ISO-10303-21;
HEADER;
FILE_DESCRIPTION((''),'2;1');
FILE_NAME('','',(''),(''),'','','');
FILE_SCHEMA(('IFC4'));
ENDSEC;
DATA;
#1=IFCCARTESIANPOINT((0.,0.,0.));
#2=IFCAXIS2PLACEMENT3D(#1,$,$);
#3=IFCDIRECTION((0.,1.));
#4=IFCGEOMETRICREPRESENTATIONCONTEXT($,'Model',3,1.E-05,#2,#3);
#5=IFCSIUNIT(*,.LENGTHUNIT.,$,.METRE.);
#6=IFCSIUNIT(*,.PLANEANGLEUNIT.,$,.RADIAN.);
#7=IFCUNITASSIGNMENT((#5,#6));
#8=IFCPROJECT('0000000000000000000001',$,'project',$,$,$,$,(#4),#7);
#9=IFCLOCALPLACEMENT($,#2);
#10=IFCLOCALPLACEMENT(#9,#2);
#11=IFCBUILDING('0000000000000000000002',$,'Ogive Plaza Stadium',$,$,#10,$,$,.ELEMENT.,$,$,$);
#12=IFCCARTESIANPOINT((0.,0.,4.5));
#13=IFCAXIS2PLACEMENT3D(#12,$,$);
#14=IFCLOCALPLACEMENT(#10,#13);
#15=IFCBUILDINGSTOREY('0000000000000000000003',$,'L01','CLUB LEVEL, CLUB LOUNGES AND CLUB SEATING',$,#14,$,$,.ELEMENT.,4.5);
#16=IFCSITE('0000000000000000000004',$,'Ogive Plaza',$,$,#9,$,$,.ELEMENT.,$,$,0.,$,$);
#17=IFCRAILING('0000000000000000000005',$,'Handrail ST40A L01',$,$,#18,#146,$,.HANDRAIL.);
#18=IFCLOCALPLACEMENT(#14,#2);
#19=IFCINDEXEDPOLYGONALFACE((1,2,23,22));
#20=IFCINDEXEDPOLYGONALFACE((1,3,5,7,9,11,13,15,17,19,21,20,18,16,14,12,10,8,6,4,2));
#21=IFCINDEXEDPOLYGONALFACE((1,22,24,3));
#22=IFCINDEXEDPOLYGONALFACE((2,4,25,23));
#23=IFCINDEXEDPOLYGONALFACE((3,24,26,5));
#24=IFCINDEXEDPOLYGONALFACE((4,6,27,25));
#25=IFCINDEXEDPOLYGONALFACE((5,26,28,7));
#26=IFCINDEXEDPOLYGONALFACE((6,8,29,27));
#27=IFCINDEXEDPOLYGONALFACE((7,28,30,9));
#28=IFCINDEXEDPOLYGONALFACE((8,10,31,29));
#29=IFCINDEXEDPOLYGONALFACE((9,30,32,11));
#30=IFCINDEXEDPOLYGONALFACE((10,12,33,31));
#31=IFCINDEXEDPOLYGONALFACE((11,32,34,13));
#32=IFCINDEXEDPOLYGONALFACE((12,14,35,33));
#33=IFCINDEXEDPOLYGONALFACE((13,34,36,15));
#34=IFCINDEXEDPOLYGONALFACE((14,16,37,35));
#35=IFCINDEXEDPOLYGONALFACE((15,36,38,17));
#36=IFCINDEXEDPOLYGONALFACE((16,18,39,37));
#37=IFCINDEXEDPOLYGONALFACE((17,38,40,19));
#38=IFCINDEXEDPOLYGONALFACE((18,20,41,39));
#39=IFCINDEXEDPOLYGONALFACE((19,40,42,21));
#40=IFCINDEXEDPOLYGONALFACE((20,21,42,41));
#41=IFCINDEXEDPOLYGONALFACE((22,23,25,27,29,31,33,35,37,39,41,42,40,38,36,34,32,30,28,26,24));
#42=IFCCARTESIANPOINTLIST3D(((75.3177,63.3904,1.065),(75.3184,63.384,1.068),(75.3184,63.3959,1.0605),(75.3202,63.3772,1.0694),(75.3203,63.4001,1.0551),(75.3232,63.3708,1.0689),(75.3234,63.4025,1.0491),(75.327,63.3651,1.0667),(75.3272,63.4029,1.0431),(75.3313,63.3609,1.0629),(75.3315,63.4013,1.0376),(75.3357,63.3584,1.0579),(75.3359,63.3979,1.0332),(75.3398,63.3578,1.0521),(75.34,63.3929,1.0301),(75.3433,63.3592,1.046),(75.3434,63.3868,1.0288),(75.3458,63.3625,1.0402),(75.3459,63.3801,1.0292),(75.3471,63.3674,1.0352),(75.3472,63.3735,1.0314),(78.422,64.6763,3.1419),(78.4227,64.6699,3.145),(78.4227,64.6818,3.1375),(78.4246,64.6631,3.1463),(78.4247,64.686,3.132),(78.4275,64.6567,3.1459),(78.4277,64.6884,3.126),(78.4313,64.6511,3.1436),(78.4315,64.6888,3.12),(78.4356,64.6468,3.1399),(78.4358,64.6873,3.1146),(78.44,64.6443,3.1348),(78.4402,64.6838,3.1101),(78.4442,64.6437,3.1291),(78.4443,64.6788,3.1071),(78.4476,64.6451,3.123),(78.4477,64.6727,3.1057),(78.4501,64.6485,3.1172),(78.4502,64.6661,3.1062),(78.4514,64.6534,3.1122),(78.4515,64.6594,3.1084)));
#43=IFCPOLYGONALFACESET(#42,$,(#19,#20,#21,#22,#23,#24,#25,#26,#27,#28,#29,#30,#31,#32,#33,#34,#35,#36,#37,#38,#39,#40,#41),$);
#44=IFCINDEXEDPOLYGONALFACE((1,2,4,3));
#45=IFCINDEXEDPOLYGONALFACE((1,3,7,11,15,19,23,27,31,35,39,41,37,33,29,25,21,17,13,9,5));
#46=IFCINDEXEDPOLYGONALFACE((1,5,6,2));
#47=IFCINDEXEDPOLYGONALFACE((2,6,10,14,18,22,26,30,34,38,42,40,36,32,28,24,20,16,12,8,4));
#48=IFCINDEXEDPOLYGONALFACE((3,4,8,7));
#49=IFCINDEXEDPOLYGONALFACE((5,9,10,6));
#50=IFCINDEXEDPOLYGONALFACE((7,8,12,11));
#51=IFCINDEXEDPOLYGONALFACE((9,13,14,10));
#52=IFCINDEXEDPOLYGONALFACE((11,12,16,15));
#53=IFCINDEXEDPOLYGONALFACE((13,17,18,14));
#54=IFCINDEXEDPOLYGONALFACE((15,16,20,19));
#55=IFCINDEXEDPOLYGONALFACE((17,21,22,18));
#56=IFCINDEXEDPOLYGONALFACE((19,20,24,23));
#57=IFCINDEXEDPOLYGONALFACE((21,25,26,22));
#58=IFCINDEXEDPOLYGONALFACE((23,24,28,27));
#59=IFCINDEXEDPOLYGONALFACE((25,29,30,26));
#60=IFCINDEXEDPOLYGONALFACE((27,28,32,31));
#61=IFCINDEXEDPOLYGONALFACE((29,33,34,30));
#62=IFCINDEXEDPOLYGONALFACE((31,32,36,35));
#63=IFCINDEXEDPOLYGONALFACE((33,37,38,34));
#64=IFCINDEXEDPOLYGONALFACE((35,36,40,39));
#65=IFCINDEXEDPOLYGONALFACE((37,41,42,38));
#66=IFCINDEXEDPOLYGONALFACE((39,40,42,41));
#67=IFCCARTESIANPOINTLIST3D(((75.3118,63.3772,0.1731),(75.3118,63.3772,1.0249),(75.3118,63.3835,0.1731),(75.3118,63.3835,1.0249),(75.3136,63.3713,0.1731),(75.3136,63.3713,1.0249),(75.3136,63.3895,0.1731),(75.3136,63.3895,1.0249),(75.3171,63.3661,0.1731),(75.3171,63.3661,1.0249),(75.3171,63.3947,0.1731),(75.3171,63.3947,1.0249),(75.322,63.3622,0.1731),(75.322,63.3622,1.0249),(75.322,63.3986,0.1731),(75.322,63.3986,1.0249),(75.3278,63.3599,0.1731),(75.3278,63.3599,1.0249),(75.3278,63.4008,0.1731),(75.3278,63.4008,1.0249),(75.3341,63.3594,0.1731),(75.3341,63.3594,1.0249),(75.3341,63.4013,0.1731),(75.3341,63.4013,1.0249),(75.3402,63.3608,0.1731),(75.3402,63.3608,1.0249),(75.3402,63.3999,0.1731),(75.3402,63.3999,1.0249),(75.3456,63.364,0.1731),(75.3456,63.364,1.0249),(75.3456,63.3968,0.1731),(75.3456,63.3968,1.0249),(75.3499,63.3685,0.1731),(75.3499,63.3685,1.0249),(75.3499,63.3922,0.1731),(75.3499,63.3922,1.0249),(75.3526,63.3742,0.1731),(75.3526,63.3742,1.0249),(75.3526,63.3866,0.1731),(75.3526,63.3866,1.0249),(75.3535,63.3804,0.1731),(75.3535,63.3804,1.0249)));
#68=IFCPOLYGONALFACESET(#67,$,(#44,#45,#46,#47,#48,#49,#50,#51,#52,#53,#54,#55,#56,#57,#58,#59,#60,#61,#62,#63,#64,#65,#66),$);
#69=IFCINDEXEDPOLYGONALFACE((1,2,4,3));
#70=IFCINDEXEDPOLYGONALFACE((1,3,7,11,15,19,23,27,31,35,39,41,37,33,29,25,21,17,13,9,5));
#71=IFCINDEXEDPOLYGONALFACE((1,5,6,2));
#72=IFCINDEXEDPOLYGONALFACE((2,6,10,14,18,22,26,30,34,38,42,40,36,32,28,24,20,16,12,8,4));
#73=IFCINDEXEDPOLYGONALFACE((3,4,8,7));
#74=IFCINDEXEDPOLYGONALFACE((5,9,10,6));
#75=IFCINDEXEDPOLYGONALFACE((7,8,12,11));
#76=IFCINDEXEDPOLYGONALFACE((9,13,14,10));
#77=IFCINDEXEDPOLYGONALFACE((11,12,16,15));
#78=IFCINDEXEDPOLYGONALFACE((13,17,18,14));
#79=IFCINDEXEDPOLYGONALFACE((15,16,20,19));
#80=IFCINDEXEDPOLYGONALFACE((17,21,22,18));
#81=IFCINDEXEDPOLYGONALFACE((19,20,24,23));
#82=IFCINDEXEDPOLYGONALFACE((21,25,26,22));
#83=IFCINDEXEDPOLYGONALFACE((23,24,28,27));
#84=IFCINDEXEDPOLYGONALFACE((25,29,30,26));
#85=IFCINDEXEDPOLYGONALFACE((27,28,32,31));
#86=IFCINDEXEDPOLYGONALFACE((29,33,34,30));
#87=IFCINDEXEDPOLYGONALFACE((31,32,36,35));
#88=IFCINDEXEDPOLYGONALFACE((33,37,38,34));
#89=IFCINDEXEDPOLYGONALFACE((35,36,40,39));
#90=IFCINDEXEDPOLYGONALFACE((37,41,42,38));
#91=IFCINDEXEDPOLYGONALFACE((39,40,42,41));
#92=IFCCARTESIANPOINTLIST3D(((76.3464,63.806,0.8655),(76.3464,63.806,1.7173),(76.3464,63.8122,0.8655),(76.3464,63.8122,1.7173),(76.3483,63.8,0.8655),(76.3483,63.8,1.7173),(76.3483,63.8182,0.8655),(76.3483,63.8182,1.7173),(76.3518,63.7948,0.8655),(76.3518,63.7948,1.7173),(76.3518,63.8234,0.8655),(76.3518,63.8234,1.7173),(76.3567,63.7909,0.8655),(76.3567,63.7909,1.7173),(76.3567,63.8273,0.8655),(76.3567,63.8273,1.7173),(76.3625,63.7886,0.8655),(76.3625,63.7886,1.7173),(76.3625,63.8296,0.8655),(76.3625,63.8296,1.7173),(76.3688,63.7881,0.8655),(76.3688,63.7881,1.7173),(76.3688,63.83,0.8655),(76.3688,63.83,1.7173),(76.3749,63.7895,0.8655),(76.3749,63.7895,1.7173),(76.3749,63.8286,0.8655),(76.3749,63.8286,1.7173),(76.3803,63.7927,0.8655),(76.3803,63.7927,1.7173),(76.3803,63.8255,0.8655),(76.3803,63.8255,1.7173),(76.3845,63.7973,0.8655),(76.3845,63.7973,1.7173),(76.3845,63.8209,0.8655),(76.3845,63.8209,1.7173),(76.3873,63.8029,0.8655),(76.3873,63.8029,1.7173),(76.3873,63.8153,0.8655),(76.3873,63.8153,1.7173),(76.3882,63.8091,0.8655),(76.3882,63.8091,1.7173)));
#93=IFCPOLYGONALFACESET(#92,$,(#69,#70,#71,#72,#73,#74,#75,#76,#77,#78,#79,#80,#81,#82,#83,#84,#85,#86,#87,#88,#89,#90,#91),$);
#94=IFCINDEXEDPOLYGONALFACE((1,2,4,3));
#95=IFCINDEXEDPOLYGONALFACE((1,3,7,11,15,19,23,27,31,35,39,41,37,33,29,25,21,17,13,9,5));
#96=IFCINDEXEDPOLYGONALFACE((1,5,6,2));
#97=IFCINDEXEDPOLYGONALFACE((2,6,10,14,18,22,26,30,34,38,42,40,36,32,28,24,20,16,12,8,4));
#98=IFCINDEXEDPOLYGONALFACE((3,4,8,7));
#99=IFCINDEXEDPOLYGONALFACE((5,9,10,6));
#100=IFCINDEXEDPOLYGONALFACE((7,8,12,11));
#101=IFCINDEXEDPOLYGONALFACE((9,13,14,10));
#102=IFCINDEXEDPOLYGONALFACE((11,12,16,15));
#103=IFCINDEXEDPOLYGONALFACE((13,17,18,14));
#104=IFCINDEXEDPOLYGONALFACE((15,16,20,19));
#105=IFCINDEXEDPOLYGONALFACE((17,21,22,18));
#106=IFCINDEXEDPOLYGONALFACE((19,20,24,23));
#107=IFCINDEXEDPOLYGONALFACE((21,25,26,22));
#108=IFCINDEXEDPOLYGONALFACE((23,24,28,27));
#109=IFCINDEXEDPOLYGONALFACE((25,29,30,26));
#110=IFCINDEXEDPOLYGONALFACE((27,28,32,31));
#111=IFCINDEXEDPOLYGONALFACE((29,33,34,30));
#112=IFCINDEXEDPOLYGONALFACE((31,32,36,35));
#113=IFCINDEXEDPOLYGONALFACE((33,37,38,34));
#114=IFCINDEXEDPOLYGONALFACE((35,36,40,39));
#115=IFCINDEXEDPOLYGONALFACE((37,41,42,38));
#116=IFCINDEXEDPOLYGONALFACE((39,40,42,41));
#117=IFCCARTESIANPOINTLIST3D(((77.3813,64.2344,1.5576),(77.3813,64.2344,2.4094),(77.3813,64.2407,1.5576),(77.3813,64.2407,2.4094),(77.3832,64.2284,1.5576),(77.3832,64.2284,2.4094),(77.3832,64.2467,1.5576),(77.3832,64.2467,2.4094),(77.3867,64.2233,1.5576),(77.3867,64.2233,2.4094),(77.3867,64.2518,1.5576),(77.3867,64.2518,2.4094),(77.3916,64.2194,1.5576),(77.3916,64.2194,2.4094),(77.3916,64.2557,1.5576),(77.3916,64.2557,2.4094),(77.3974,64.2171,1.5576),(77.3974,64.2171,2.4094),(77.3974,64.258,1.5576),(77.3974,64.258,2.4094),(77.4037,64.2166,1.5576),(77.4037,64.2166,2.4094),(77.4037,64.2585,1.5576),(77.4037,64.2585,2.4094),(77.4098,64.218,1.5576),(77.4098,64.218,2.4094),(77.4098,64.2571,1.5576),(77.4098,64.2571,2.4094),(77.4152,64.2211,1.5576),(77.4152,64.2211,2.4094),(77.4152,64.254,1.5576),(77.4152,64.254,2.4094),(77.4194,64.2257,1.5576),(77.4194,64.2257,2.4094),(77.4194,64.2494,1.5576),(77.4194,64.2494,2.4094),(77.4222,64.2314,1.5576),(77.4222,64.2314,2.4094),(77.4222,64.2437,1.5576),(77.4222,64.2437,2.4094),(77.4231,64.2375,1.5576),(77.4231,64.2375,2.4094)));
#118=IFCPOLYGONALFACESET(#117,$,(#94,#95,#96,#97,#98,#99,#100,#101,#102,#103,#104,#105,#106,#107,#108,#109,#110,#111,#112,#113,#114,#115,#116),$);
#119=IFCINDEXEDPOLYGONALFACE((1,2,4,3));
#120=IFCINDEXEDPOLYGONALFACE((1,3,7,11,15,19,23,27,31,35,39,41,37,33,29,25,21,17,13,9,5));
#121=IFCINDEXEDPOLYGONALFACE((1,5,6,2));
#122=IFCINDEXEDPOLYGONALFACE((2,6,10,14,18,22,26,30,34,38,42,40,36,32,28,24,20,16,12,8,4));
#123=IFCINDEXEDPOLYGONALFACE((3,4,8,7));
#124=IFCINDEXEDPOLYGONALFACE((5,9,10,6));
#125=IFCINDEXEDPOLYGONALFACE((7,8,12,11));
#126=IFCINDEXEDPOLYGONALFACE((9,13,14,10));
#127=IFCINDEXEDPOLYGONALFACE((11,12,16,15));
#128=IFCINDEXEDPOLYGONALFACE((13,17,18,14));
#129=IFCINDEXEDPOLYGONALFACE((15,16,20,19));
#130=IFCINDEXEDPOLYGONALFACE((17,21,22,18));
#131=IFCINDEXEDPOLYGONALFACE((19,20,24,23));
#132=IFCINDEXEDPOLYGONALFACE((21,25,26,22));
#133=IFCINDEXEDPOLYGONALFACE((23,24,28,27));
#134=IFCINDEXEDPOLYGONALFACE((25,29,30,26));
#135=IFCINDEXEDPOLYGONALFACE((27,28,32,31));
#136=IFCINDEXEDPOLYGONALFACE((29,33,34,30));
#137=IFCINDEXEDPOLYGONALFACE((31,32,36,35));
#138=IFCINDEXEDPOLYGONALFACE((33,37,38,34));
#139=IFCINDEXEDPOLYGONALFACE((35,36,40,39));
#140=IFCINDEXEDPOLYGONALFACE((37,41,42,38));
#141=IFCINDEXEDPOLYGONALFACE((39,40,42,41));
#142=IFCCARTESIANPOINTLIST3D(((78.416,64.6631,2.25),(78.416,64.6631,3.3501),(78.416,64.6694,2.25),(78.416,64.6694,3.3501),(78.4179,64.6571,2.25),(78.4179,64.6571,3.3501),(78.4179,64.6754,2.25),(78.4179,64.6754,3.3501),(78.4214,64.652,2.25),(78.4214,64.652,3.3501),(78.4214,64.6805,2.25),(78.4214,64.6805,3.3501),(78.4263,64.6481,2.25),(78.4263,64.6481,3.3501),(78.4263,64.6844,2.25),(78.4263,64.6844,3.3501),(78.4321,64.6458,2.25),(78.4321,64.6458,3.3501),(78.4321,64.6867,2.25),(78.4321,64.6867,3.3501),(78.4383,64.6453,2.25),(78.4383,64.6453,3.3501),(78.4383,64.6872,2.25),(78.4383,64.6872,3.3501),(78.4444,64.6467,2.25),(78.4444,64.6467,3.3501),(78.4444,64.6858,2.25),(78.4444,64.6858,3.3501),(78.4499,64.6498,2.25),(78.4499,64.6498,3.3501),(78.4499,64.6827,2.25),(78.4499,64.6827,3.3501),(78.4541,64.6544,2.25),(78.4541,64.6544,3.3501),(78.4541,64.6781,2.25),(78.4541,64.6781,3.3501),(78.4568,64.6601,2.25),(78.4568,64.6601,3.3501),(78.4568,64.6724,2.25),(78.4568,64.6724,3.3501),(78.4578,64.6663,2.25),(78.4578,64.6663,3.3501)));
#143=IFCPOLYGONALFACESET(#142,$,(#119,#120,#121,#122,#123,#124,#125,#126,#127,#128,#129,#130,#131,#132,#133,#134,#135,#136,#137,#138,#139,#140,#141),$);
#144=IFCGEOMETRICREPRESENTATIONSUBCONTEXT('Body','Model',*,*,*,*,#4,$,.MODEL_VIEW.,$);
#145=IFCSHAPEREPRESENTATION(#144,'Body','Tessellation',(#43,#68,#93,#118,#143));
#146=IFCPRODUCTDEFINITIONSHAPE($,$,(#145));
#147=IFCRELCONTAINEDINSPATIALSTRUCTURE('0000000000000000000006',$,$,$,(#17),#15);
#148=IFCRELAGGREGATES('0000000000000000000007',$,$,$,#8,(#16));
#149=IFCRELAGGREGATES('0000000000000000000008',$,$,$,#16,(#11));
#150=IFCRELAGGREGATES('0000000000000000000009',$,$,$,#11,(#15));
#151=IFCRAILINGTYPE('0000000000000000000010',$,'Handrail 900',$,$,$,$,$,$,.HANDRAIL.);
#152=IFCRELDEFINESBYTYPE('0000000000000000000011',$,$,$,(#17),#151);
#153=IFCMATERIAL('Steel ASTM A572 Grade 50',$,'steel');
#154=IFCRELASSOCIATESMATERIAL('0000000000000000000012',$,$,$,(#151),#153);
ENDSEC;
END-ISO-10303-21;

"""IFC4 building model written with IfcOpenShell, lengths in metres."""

from ifc_helpers import new_model, si_unit, direction, frame, origin, origin_2d, place, context, subcontext, project, spatial, circle, extrude, material, type_object, element, save


model = new_model("IFC4")

# Units and contexts
model_context = context("Model", 3, precision=1e-05, world=origin(), true_north=direction((0.0, 1.0)))
body_context = subcontext(model_context, "Body", "Model", "MODEL_VIEW")
ifc_project = project(units=[si_unit("LENGTHUNIT", "METRE"), si_unit("PLANEANGLEUNIT", "RADIAN")], contexts=[model_context])

# Site, building, storey
site_placement = place(None, origin())
site = spatial("IfcSite", under=ifc_project, at=site_placement, Name="Ogive Plaza", CompositionType="ELEMENT", RefElevation=0.0)
building_placement = place(site_placement, origin())
building = spatial("IfcBuilding", under=site, at=building_placement, Name="Ogive Plaza Stadium", CompositionType="ELEMENT")
storey_placement = place(building_placement, frame((0.0, 0.0, 4.5)))
storey = spatial("IfcBuildingStorey", under=building, at=storey_placement, Name="L01", Description="CLUB LEVEL, CLUB LOUNGES AND CLUB SEATING", CompositionType="ELEMENT", Elevation=4.5)

# Railing
ifc_material_1 = material(Name="Steel ASTM A572 Grade 50", Category="steel")
railing_type_1 = type_object("IfcRailingType", Name="Handrail 900", PredefinedType="HANDRAIL", material=ifc_material_1)
for number, where, name in (
    (1, (75.3325, 63.3804, 0.1731), "Handrail ST40A L01"),
):
    element("IfcRailing", number, at=place(storey_placement, frame(where)), inside=storey, type_object=railing_type_1, Name=name, PredefinedType="HANDRAIL", context=body_context, shape_type="SweptSolid", body=[
        extrude(circle(Radius=0.0239, at=origin_2d()), frame((0.0, 0.0, 0.876), z_axis=(0.785863, 0.325532, 0.525783), x_axis=(-0.3827, 0.923872, 0.0)), (0.0, 0.0, 1.0), 3.9502),
        extrude(circle(Radius=0.021, at=origin_2d()), origin(), (0.0, 0.0, 1.0), 0.8518),
        extrude(circle(Radius=0.021, at=origin_2d()), frame((1.0347, 0.4287, 0.6924)), (0.0, 0.0, 1.0), 0.8518),
        extrude(circle(Radius=0.021, at=origin_2d()), frame((2.0696, 0.8572, 1.3845)), (0.0, 0.0, 1.0), 0.8518),
        extrude(circle(Radius=0.021, at=origin_2d()), frame((3.1042, 1.2859, 2.0769)), (0.0, 0.0, 1.0), 1.1001),
    ])

save(model, "model.ifc")
